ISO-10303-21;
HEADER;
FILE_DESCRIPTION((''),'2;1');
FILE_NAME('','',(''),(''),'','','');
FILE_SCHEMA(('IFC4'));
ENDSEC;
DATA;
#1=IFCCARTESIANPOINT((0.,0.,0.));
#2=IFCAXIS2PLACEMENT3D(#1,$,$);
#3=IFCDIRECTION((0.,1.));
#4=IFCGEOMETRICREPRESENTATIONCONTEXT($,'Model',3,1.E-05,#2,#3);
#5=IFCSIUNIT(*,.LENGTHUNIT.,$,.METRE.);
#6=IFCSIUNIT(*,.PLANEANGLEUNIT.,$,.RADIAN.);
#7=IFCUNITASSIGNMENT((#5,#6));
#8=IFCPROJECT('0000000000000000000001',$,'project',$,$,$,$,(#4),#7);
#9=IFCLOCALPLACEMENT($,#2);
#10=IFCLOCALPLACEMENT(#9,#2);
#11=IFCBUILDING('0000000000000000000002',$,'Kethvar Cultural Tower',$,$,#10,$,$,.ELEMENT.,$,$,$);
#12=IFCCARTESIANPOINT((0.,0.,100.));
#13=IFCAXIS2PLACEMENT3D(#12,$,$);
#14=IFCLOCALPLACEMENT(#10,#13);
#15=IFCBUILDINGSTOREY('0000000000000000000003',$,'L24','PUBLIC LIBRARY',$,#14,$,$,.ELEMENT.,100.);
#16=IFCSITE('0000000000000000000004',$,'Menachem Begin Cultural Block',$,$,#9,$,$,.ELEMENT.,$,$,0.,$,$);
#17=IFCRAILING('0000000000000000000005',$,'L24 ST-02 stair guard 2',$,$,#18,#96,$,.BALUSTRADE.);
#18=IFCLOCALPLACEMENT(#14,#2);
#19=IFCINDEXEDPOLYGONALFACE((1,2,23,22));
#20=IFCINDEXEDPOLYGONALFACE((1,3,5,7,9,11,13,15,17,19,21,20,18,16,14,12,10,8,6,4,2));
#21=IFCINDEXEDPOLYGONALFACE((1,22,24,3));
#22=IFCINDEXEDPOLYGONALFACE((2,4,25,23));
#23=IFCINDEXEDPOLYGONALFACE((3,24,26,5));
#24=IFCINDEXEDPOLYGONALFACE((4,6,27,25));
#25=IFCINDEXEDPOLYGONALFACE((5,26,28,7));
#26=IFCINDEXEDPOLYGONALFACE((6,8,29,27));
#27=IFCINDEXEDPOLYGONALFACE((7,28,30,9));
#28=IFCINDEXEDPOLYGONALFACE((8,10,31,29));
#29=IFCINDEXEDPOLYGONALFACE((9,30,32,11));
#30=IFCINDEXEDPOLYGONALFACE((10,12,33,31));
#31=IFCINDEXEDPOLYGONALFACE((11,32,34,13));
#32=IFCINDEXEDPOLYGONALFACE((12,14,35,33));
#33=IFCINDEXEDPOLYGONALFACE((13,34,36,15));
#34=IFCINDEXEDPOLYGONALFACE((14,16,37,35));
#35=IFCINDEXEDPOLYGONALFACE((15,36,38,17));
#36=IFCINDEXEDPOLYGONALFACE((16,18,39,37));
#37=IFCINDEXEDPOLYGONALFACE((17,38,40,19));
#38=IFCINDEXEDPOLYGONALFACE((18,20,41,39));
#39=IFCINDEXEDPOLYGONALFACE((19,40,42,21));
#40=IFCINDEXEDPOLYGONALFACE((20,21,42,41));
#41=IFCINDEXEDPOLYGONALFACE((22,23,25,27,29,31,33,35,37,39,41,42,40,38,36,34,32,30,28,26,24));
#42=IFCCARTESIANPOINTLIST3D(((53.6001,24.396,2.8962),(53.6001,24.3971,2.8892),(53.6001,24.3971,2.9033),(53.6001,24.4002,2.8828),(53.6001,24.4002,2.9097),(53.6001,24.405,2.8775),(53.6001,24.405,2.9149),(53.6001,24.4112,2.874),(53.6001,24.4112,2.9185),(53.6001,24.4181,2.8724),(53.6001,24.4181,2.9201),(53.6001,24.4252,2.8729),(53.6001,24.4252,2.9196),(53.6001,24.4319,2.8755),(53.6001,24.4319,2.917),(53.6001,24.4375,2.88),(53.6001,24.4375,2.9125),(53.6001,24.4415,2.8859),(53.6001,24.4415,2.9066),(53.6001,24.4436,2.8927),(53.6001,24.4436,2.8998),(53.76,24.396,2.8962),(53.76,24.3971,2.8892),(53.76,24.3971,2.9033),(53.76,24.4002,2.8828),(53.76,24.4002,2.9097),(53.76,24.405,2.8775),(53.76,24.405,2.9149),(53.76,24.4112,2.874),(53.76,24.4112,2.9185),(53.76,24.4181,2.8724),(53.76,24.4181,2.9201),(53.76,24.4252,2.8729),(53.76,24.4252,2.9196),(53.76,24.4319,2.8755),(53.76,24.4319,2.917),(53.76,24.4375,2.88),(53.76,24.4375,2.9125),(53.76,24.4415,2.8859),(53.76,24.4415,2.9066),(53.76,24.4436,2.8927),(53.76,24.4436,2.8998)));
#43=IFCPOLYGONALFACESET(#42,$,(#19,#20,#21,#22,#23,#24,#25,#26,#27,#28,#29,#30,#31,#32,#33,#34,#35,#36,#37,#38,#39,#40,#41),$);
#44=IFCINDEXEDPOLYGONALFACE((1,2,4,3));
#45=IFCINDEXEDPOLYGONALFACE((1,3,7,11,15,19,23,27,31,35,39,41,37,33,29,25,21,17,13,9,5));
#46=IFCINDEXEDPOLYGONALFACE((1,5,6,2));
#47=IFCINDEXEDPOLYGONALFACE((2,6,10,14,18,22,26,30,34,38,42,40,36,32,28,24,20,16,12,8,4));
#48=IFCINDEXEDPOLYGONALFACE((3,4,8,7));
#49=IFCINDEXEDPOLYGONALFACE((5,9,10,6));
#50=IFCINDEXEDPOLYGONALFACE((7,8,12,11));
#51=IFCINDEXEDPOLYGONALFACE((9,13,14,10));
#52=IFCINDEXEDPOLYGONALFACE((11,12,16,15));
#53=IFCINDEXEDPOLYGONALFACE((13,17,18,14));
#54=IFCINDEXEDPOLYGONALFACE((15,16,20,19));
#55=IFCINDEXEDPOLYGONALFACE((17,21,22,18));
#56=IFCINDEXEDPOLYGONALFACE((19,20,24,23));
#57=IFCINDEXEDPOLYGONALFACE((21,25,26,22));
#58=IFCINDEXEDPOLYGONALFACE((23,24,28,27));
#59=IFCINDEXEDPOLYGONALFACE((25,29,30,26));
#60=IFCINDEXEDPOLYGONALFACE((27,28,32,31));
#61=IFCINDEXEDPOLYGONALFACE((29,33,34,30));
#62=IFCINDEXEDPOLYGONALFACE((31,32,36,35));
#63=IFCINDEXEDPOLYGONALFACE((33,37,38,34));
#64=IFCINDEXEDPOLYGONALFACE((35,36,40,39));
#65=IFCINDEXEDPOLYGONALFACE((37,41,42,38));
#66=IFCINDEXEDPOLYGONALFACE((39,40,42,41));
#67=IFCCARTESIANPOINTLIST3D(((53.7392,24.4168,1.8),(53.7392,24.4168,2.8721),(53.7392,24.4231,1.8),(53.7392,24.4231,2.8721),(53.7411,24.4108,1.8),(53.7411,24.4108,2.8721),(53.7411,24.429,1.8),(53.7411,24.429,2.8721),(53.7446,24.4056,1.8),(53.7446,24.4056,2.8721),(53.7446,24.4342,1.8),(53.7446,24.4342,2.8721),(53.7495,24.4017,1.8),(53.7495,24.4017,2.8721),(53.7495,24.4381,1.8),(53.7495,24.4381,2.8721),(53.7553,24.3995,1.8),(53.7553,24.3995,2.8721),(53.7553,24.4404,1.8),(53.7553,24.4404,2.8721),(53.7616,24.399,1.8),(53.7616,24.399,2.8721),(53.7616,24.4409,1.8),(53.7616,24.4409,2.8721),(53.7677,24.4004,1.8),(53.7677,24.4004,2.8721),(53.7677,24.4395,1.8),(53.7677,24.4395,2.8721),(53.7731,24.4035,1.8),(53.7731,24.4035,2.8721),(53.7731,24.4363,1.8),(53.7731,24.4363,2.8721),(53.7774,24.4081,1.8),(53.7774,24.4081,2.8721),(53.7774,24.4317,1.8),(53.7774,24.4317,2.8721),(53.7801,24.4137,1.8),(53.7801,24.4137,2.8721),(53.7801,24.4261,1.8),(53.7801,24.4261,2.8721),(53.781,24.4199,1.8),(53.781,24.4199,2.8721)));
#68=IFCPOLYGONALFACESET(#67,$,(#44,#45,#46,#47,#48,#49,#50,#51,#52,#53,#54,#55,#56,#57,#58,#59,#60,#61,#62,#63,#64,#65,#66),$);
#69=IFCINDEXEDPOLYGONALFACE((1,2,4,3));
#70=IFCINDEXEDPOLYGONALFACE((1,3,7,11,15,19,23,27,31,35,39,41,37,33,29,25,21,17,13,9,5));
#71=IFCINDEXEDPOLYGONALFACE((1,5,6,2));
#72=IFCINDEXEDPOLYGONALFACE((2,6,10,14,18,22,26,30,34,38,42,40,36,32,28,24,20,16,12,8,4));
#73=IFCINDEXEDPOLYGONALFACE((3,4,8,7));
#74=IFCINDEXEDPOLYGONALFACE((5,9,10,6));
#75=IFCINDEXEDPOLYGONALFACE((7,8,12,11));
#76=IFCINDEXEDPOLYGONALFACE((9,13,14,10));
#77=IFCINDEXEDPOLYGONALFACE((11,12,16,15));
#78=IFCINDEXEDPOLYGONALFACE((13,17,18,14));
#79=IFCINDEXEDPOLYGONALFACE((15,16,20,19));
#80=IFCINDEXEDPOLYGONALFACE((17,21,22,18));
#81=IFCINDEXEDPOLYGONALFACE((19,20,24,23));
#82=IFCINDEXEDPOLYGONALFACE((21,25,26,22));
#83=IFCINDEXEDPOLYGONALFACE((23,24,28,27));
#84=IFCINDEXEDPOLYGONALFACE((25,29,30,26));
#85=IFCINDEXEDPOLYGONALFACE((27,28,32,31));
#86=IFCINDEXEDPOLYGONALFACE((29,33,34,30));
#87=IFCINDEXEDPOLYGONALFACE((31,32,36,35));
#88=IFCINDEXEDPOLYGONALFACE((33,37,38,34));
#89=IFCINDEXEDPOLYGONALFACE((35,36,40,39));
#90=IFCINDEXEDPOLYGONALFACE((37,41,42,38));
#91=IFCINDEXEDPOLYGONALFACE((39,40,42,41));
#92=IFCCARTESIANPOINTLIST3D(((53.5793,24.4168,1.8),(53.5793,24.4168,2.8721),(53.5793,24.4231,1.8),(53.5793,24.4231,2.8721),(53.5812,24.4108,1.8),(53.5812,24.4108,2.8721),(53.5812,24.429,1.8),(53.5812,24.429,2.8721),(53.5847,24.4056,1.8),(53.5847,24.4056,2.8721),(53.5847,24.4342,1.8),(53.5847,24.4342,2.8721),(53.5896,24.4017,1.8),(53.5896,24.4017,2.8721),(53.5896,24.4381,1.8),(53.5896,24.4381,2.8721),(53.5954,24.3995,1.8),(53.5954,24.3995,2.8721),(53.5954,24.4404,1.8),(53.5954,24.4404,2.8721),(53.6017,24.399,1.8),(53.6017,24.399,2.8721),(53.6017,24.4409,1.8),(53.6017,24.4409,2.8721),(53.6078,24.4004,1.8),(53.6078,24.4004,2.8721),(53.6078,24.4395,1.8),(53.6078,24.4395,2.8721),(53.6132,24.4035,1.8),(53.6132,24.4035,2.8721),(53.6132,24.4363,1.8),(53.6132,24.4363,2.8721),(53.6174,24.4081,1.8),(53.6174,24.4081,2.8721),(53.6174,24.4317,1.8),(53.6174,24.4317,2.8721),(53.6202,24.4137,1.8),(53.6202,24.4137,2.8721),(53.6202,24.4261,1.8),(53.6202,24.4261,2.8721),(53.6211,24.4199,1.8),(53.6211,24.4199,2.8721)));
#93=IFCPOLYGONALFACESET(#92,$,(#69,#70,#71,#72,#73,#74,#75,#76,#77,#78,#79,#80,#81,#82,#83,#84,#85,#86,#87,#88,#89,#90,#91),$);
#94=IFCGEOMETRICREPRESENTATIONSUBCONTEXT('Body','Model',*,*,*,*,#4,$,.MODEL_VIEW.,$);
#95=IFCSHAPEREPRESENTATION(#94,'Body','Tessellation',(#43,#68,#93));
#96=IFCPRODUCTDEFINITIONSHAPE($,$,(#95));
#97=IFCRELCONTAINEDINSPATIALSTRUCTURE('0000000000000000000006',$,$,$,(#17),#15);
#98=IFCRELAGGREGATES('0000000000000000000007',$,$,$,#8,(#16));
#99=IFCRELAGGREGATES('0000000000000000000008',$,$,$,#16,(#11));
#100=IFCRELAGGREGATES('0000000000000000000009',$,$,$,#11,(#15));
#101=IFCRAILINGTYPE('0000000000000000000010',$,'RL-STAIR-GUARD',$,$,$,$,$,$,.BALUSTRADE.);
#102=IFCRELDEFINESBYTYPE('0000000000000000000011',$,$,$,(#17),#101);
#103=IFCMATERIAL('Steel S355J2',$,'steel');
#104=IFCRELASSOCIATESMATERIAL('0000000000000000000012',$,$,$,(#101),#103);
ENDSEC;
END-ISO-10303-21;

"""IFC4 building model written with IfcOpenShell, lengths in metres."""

from ifc_helpers import new_model, si_unit, direction, frame, origin, origin_2d, place, context, subcontext, project, spatial, circle, extrude, material, type_object, element, save


model = new_model("IFC4")

# Units and contexts
model_context = context("Model", 3, precision=1e-05, world=origin(), true_north=direction((0.0, 1.0)))
body_context = subcontext(model_context, "Body", "Model", "MODEL_VIEW")
ifc_project = project(units=[si_unit("LENGTHUNIT", "METRE"), si_unit("PLANEANGLEUNIT", "RADIAN")], contexts=[model_context])

# Site, building, storey
site_placement = place(None, origin())
site = spatial("IfcSite", under=ifc_project, at=site_placement, Name="Menachem Begin Cultural Block", CompositionType="ELEMENT", RefElevation=0.0)
building_placement = place(site_placement, origin())
building = spatial("IfcBuilding", under=site, at=building_placement, Name="Kethvar Cultural Tower", CompositionType="ELEMENT")
storey_placement = place(building_placement, frame((0.0, 0.0, 100.0)))
storey = spatial("IfcBuildingStorey", under=building, at=storey_placement, Name="L24", Description="PUBLIC LIBRARY", CompositionType="ELEMENT", Elevation=100.0)

# Shared definitions
ifc_material_1 = material(Name="Steel S355J2", Category="steel")

# Railing
railing_type_1 = type_object("IfcRailingType", Name="RL-STAIR-GUARD", PredefinedType="BALUSTRADE", material=ifc_material_1)
railing_1_placement = place(storey_placement, frame((53.76, 24.4199, 1.8)))
element("IfcRailing", 1, at=railing_1_placement, inside=storey, type_object=railing_type_1, Name="L24 ST-02 stair guard 2", PredefinedType="BALUSTRADE", context=body_context, shape_type="SweptSolid", body=[
    extrude(circle(Radius=0.0239, at=origin_2d()), frame((0.0, 0.0, 1.0962), z_axis=(-1.0, 0.0, 0.0), x_axis=(0.0, -1.0, 0.0)), (0.0, 0.0, 1.0), 0.1599),
    extrude(circle(Radius=0.021, at=origin_2d()), origin(), (0.0, 0.0, 1.0), 1.072),
    extrude(circle(Radius=0.021, at=origin_2d()), frame((-0.1599, 0.0, 0.0)), (0.0, 0.0, 1.0), 1.072),
])

save(model, "model.ifc")
